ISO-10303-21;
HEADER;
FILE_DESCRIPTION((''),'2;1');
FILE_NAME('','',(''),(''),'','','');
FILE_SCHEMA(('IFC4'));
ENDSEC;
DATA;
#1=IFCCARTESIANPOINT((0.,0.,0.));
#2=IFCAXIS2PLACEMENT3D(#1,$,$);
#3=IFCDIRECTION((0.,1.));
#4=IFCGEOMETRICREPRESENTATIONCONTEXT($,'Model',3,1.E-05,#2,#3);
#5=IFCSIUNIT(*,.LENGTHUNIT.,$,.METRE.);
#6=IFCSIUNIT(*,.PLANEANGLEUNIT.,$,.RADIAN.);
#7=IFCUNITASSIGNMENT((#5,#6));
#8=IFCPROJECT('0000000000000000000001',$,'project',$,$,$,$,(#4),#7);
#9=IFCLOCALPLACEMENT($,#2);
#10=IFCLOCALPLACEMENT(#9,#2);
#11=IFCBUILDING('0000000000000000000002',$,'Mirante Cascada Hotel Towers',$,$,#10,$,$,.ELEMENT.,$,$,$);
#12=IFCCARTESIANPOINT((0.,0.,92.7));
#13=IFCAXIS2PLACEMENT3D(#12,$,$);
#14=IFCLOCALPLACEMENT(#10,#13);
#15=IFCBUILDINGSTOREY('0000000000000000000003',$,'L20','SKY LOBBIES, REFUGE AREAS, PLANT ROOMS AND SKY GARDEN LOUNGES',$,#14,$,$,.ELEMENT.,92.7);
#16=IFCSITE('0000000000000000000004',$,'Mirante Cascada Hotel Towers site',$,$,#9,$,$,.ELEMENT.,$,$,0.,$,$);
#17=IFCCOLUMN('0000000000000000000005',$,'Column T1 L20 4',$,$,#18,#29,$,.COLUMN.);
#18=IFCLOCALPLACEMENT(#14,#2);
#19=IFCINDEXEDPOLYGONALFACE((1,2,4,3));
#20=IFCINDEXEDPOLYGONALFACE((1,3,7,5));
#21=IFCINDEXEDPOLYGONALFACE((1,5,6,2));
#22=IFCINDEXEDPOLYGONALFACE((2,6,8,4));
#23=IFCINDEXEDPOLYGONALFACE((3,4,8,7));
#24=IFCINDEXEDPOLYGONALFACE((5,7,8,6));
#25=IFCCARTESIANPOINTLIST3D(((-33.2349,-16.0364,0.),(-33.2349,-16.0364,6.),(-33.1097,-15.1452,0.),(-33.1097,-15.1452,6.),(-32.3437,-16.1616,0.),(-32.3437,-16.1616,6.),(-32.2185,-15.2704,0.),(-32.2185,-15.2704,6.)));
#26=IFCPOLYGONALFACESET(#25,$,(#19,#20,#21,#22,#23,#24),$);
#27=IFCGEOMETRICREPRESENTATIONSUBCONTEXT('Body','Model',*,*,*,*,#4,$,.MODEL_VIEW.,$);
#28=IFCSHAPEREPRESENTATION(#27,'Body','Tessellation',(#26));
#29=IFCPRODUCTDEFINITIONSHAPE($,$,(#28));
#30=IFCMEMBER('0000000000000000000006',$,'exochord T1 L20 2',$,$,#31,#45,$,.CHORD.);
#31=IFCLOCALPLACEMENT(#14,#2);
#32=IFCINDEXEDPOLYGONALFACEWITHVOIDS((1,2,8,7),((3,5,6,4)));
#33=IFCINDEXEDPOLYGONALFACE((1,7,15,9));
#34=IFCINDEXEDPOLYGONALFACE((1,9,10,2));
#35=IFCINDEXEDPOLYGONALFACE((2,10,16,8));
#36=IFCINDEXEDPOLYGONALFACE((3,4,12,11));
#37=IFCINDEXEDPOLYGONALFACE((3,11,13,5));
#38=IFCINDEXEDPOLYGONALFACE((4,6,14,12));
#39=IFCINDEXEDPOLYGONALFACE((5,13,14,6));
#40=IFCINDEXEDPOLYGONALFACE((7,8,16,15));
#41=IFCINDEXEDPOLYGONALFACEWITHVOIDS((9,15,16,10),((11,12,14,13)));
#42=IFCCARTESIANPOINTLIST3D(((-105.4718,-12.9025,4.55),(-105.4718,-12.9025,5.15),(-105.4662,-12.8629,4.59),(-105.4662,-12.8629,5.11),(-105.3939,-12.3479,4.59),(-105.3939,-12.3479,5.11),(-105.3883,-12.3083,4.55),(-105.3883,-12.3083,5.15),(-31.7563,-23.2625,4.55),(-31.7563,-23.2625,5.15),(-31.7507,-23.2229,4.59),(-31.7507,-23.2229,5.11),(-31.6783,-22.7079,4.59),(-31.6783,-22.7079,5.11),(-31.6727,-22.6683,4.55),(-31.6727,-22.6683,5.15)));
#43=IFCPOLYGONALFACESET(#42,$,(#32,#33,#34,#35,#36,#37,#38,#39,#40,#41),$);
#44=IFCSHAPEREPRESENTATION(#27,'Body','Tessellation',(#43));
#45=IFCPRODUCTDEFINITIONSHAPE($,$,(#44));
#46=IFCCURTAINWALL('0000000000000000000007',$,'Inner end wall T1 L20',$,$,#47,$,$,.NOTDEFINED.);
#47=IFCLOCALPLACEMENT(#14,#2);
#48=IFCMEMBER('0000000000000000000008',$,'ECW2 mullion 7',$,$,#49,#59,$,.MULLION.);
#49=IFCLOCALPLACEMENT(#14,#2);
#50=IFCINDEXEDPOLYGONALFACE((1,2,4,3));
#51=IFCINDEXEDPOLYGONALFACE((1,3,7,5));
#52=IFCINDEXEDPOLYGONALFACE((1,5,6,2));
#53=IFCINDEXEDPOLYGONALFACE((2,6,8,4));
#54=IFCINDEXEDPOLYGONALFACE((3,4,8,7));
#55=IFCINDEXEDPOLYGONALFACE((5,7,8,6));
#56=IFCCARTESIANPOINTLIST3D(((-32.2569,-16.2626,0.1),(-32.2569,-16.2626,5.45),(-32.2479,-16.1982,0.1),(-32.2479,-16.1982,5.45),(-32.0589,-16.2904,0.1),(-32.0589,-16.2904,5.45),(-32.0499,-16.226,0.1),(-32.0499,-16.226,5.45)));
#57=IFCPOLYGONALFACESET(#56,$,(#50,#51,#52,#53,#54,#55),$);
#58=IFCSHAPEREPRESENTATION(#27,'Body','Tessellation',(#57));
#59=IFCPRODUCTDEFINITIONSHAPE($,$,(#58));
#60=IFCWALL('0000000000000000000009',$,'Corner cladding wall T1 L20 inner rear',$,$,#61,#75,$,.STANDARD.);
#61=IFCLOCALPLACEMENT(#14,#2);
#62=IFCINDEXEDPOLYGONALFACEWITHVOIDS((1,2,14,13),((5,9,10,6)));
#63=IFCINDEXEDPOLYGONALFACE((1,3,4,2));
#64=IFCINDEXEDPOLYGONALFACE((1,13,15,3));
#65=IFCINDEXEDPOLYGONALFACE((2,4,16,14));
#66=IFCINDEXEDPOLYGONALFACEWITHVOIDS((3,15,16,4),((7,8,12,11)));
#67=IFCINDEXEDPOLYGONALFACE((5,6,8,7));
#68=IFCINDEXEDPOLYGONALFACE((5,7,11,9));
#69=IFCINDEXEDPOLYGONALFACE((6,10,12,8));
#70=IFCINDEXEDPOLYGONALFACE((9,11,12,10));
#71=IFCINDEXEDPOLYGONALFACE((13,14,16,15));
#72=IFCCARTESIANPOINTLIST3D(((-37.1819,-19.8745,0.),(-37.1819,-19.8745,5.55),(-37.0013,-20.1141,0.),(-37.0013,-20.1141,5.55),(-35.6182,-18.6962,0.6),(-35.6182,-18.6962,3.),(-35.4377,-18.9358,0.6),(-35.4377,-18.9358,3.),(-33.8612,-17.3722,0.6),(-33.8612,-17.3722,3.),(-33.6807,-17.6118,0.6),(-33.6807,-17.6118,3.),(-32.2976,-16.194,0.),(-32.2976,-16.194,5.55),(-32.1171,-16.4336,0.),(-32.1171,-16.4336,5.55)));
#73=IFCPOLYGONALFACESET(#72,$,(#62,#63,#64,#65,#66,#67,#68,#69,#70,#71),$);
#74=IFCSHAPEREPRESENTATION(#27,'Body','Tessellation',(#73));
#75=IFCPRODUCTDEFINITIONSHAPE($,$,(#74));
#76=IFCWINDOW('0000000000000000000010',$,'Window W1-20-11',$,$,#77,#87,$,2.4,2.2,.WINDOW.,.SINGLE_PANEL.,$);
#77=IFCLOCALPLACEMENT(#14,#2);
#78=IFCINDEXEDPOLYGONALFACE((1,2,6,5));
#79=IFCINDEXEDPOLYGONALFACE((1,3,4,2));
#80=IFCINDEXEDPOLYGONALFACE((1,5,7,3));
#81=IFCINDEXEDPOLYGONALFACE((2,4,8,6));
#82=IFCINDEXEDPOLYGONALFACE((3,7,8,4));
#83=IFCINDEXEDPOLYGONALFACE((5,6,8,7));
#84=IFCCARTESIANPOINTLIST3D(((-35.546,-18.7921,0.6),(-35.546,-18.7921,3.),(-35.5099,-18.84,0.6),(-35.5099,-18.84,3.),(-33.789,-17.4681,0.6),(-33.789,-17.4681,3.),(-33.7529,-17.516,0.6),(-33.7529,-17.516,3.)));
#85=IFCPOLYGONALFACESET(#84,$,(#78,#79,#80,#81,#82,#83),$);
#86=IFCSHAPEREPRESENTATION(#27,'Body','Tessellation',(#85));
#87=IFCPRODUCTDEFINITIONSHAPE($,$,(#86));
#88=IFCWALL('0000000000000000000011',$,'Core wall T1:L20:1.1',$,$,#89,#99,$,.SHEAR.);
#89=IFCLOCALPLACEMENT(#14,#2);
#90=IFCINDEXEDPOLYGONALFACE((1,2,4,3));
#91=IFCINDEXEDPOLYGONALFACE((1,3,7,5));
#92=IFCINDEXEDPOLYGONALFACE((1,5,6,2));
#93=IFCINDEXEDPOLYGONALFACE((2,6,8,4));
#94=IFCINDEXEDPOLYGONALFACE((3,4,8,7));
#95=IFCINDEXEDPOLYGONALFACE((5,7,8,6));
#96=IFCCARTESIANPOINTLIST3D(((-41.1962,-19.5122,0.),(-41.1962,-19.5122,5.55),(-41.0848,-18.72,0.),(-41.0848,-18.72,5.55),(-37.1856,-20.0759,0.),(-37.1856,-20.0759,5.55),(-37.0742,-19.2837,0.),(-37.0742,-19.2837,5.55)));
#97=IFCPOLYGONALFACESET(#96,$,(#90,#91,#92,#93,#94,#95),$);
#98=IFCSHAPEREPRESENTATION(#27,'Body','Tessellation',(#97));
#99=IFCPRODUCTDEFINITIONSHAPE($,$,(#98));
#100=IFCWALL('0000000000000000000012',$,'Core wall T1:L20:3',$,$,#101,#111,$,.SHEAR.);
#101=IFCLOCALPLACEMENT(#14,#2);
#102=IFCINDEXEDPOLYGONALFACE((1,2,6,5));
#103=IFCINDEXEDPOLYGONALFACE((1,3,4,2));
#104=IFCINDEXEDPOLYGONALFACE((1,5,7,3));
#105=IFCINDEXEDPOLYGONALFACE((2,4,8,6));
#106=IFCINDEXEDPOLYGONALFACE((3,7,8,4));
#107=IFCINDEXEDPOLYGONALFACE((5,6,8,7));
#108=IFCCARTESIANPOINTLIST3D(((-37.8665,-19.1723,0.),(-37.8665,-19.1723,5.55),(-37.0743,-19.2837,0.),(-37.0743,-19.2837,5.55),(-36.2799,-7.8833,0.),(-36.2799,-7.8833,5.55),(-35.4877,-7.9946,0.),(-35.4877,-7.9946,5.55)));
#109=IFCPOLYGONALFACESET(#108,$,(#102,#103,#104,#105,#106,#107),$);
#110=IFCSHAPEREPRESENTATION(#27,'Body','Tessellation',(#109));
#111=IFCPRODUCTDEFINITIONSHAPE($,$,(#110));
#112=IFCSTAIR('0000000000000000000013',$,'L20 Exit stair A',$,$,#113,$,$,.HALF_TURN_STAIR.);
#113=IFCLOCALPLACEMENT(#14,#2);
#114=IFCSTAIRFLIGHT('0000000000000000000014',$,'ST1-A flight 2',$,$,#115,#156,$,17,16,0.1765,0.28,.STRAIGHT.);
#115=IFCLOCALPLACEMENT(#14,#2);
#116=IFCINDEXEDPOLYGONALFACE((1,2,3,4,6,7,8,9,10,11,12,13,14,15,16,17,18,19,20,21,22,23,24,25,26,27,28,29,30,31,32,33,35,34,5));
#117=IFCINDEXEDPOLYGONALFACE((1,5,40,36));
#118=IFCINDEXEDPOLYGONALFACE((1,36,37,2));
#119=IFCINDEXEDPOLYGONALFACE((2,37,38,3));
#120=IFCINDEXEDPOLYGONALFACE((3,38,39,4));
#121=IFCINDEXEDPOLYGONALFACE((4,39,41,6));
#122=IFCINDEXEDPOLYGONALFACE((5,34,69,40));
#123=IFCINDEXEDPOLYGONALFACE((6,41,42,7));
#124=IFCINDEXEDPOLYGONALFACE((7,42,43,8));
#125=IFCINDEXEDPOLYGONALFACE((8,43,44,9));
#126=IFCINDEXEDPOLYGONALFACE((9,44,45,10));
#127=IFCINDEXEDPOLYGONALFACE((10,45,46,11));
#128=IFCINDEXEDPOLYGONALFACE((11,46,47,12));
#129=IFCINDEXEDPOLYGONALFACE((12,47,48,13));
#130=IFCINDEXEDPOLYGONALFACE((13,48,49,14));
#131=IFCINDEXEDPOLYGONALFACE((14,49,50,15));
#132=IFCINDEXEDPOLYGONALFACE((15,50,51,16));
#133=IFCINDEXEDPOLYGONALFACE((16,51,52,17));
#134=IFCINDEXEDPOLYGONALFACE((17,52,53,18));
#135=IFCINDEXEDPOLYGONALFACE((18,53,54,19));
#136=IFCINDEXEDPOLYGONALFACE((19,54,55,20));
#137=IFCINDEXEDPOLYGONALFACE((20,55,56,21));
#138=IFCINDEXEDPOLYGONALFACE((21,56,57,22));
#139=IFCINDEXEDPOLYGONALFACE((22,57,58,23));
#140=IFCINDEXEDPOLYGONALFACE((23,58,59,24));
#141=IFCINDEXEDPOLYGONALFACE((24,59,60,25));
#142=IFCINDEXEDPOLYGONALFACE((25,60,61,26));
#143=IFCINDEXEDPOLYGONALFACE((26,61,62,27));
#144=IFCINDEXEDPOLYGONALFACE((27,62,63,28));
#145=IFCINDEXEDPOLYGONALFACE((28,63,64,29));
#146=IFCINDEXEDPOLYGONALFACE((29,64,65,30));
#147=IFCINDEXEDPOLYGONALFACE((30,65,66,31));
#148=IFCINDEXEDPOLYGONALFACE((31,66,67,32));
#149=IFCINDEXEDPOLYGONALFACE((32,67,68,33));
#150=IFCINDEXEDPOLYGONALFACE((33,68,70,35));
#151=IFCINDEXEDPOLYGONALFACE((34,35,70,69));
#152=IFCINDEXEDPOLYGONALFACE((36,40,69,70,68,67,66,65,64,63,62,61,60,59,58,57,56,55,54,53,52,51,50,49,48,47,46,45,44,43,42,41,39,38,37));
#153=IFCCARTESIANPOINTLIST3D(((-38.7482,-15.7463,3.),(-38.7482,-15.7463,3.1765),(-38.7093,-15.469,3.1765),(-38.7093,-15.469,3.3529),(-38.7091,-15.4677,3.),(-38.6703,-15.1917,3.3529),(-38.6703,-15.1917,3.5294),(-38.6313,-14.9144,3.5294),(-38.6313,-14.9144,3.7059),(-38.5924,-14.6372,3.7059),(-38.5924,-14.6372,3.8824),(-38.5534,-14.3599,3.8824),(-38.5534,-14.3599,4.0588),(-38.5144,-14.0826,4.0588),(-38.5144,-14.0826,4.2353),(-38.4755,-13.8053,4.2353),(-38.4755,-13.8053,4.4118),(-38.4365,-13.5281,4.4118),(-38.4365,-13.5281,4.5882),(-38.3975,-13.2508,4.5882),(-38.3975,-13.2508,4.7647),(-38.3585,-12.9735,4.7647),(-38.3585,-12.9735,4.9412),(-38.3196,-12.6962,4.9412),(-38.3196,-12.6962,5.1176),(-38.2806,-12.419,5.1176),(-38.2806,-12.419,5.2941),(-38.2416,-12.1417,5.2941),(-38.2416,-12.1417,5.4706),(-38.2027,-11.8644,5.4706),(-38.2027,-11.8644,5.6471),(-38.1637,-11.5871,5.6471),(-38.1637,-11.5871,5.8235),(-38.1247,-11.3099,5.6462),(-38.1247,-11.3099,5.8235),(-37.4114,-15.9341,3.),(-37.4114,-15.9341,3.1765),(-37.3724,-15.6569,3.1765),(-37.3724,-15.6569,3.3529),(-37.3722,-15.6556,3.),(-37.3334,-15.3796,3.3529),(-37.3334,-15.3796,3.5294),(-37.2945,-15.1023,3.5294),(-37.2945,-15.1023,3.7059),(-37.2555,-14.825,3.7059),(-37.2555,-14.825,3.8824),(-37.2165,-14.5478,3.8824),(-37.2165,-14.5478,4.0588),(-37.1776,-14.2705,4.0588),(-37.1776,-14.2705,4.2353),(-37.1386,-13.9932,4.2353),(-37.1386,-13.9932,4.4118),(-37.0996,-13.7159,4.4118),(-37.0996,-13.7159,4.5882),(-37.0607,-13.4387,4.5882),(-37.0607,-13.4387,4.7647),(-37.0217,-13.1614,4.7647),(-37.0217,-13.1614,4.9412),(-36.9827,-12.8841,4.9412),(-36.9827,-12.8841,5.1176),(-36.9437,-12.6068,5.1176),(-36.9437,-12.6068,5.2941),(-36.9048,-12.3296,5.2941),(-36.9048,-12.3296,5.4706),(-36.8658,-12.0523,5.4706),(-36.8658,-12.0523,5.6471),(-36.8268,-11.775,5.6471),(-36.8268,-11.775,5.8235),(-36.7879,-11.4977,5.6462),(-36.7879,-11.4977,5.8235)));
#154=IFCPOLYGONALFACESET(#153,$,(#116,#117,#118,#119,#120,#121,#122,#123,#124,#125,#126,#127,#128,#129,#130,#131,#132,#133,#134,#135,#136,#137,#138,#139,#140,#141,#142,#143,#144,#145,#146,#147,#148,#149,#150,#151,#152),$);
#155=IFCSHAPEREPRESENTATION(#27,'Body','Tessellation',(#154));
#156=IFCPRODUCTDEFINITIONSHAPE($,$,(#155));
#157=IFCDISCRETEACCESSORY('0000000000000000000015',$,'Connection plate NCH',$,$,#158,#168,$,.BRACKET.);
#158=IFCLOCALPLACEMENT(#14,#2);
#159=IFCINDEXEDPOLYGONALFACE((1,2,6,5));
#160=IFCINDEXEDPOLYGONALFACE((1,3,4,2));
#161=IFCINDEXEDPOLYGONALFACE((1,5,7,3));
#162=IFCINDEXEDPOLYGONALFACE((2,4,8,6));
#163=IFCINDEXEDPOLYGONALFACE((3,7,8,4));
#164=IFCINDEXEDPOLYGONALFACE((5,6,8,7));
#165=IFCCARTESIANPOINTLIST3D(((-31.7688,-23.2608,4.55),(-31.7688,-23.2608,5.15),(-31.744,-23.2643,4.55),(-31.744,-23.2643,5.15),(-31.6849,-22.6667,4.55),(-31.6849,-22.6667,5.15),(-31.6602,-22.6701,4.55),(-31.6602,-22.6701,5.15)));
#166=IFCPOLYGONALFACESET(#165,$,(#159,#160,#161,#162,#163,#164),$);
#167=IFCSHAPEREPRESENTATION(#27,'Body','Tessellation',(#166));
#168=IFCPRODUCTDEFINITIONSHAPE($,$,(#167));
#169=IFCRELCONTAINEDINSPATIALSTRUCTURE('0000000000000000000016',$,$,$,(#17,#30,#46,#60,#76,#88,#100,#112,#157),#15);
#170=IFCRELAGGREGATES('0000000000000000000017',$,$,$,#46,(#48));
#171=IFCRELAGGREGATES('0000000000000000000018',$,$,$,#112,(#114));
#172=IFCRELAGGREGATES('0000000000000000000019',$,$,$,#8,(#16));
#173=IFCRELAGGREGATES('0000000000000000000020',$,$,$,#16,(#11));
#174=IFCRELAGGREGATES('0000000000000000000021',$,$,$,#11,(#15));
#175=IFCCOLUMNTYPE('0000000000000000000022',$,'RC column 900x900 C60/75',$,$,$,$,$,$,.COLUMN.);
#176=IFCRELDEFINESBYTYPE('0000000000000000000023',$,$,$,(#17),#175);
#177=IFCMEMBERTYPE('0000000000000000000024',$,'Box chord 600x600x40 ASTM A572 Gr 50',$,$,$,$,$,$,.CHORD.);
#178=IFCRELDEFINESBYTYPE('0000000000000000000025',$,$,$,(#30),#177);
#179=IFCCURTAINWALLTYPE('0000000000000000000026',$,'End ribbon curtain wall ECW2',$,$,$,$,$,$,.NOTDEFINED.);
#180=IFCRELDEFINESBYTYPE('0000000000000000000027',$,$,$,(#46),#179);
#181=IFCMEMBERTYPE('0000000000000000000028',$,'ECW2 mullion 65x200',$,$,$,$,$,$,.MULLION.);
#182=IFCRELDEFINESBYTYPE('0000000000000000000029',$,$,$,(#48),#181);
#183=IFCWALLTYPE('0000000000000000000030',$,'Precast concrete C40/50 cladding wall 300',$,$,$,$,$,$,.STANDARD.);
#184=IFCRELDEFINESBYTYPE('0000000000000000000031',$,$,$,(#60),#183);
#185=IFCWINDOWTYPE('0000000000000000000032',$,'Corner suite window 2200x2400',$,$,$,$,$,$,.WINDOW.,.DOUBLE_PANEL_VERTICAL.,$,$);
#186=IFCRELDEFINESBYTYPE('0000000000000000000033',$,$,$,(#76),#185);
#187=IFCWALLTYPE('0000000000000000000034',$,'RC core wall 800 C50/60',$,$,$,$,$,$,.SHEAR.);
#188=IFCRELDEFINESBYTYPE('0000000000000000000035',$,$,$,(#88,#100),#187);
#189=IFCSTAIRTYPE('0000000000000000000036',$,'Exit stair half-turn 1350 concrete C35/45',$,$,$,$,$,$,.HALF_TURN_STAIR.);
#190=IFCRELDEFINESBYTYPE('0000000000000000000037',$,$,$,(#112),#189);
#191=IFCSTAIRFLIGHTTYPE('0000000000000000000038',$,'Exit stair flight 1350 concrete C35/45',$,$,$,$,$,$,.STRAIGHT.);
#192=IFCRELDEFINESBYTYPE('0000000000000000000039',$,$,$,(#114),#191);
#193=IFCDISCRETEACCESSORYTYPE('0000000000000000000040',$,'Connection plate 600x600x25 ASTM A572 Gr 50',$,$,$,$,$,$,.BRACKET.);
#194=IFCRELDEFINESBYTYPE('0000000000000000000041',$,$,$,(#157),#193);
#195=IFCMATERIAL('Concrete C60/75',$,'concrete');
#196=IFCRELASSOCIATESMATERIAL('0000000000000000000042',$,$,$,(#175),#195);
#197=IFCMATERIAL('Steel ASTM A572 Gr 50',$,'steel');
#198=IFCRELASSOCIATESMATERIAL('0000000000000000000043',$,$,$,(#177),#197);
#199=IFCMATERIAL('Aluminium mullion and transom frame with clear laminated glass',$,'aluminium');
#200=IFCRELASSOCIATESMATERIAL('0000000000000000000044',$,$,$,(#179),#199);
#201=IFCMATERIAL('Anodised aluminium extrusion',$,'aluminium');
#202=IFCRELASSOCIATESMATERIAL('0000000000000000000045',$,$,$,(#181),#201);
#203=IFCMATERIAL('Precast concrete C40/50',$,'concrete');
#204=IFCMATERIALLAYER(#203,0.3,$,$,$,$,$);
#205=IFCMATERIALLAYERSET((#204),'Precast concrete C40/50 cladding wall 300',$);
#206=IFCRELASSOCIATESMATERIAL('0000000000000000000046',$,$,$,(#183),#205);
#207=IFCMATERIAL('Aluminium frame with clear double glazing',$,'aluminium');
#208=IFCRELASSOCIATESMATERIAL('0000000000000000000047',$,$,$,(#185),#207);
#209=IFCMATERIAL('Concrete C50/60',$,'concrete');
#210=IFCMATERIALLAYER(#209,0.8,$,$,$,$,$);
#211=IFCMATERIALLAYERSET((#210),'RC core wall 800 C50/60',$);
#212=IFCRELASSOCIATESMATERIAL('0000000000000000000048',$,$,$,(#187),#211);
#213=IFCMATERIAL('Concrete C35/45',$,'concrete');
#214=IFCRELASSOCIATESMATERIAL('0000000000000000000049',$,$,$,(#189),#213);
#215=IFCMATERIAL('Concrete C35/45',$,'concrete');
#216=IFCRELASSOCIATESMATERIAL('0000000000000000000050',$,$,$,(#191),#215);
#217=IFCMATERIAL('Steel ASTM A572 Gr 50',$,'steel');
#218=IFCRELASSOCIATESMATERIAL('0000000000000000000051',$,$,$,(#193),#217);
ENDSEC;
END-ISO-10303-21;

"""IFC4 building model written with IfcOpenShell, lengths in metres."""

from ifc_helpers import new_model, si_unit, direction, frame, frame_2d, origin, origin_2d, place, context, subcontext, project, spatial, polyline, rectangle, hollow_rectangle, outline, extrude, material, layer, layer_set, material_profile, profile_set, type_object, element, fill, aggregate, save


model = new_model("IFC4")

# Units and contexts
model_context = context("Model", 3, precision=1e-05, world=origin(), true_north=direction((0.0, 1.0)))
body_context = subcontext(model_context, "Body", "Model", "MODEL_VIEW")
ifc_project = project(units=[si_unit("LENGTHUNIT", "METRE"), si_unit("PLANEANGLEUNIT", "RADIAN")], contexts=[model_context])

# Site, building, storey
site_placement = place(None, origin())
site = spatial("IfcSite", under=ifc_project, at=site_placement, Name="Mirante Cascada Hotel Towers site", CompositionType="ELEMENT", RefElevation=0.0)
building_placement = place(site_placement, origin())
building = spatial("IfcBuilding", under=site, at=building_placement, Name="Mirante Cascada Hotel Towers", CompositionType="ELEMENT")
storey_placement = place(building_placement, frame((0.0, 0.0, 92.7)))
storey = spatial("IfcBuildingStorey", under=building, at=storey_placement, Name="L20", Description="SKY LOBBIES, REFUGE AREAS, PLANT ROOMS AND SKY GARDEN LOUNGES", CompositionType="ELEMENT", Elevation=92.7)

# Column
ifc_material_1 = material(Name="Concrete C60/75", Category="concrete")
ifc_material_profile_1 = material_profile(ifc_material_1, rectangle(XDim=0.9, YDim=0.9, at=origin_2d()), Name="RC column 900x900 C60/75")
ifc_profile_set_1 = profile_set([ifc_material_profile_1], Name="Concrete C60/75")
column_type = type_object("IfcColumnType", Name="RC column 900x900 C60/75", PredefinedType="COLUMN", material=ifc_profile_set_1)
column_placement = place(storey_placement, frame((-32.7267, -15.6534, 0.0), z_axis=(0.0, 0.0, 1.0), x_axis=(-0.990268, 0.139173, 0.0)))
element("IfcColumn", 1, at=column_placement, inside=storey, type_object=column_type, Name="Column T1 L20 4", PredefinedType="COLUMN", context=body_context, shape_type="SweptSolid", body=[
    extrude(rectangle(XDim=0.9, YDim=0.9, at=origin_2d()), origin(), (0.0, 0.0, 1.0), 6.0),
])

# Member
ifc_material_2 = material(Name="Steel ASTM A572 Gr 50", Category="steel")
ifc_material_profile_2 = material_profile(ifc_material_2, hollow_rectangle(XDim=0.6, YDim=0.6, WallThickness=0.04, at=origin_2d()), Name="Box chord 600x600x40 ASTM A572 Gr 50")
ifc_profile_set_2 = profile_set([ifc_material_profile_2], Name="Steel ASTM A572 Gr 50")
member_type_1 = type_object("IfcMemberType", Name="Box chord 600x600x40 ASTM A572 Gr 50", PredefinedType="CHORD", material=ifc_profile_set_2)
member_1_placement = place(storey_placement, frame((-31.7145, -22.9654, 4.85), z_axis=(-0.990268, 0.139172, 0.0), x_axis=(-0.139172, -0.990268, 0.0)))
element("IfcMember", 2, at=member_1_placement, inside=storey, type_object=member_type_1, Name="exochord T1 L20 2", PredefinedType="CHORD", context=body_context, shape_type="SweptSolid", body=[
    extrude(hollow_rectangle(XDim=0.6, YDim=0.6, WallThickness=0.04, at=origin_2d()), origin(), (0.0, 0.0, 1.0), 74.44),
])

# Curtain wall, member
ifc_material_3 = material(Name="Aluminium mullion and transom frame with clear laminated glass", Category="aluminium")
curtain_wall_type = type_object("IfcCurtainWallType", Name="End ribbon curtain wall ECW2", PredefinedType="NOTDEFINED", material=ifc_material_3)
curtain_wall_placement = place(storey_placement, origin())
curtain_wall = element("IfcCurtainWall", 3, at=curtain_wall_placement, inside=storey, type_object=curtain_wall_type, Name="Inner end wall T1 L20", PredefinedType="NOTDEFINED")
ifc_material_4 = material(Name="Anodised aluminium extrusion", Category="aluminium")
ifc_material_profile_3 = material_profile(ifc_material_4, rectangle(XDim=0.2, YDim=0.065, at=origin_2d()), Name="ECW2 MULLION 65x200")
ifc_profile_set_3 = profile_set([ifc_material_profile_3], Name="Anodised aluminium extrusion")
member_type_2 = type_object("IfcMemberType", Name="ECW2 mullion 65x200", PredefinedType="MULLION", material=ifc_profile_set_3)
member_2_placement = place(storey_placement, frame((-32.1534, -16.2443, 0.1), z_axis=(0.0, 0.0, 1.0), x_axis=(0.990268, -0.139173, 0.0)))
member_2 = element("IfcMember", 4, at=member_2_placement, type_object=member_type_2, Name="ECW2 mullion 7", PredefinedType="MULLION", context=body_context, shape_type="SweptSolid", body=[
    extrude(rectangle(XDim=0.2, YDim=0.065, at=origin_2d()), origin(), (0.0, 0.0, 1.0), 5.35),
])
aggregate(curtain_wall, [member_2])

# Wall, opening, window
ifc_material_5 = material(Name="Precast concrete C40/50", Category="concrete")
ifc_layer_1 = layer(ifc_material_5, 0.3)
ifc_layer_set_1 = layer_set([ifc_layer_1], Name="Precast concrete C40/50 cladding wall 300")
wall_type_1 = type_object("IfcWallType", Name="Precast concrete C40/50 cladding wall 300", PredefinedType="STANDARD", material=ifc_layer_set_1)
wall_1_placement = place(storey_placement, frame((-32.2074, -16.3138, 0.0), z_axis=(0.0, 0.0, 1.0), x_axis=(-0.798636, -0.601814, 0.0)))
wall_1 = element("IfcWall", 5, at=wall_1_placement, inside=storey, type_object=wall_type_1, Name="Corner cladding wall T1 L20 inner rear", PredefinedType="STANDARD", context=body_context, shape_type="SweptSolid", body=[
    extrude(rectangle(XDim=6.1157, YDim=0.3, at=frame_2d((3.0578, 0.0))), origin(), (0.0, 0.0, 1.0), 5.55),
])
opening_placement = place(wall_1_placement, frame((1.9578, 0.0, 0.6)))
opening = element("IfcOpeningElement", 6, at=opening_placement, cuts=wall_1, PredefinedType="OPENING", context=body_context, shape_type="SweptSolid", body=[
    extrude(rectangle(XDim=2.2, YDim=2.4, at=frame_2d((1.1, 1.2))), frame((0.0, 0.15, 0.0), z_axis=(0.0, -1.0, 0.0), x_axis=(1.0, 0.0, 0.0)), (0.0, 0.0, 1.0), 0.3),
])
ifc_material_6 = material(Name="Aluminium frame with clear double glazing", Category="aluminium")
window_type = type_object("IfcWindowType", Name="Corner suite window 2200x2400", PartitioningType="DOUBLE_PANEL_VERTICAL", PredefinedType="WINDOW", material=ifc_material_6)
window_placement = place(opening_placement, origin())
window = element("IfcWindow", 7, at=window_placement, inside=storey, type_object=window_type, Name="Window W1-20-11", OverallHeight=2.4, OverallWidth=2.2, PartitioningType="SINGLE_PANEL", PredefinedType="WINDOW", context=body_context, shape_type="SweptSolid", body=[
    extrude(rectangle(XDim=2.2, YDim=2.4, at=frame_2d((1.1, 1.2))), frame((0.0, 0.03, 0.0), z_axis=(0.0, -1.0, 0.0), x_axis=(1.0, 0.0, 0.0)), (0.0, 0.0, 1.0), 0.06),
])
fill(opening, window)

# Walls
ifc_material_7 = material(Name="Concrete C50/60", Category="concrete")
ifc_layer_2 = layer(ifc_material_7, 0.8)
ifc_layer_set_2 = layer_set([ifc_layer_2], Name="RC core wall 800 C50/60")
wall_type_2 = type_object("IfcWallType", Name="RC core wall 800 C50/60", PredefinedType="SHEAR", material=ifc_layer_set_2)
wall_2_placement = place(storey_placement, frame((-37.1299, -19.6798, 0.0), z_axis=(0.0, 0.0, 1.0), x_axis=(-0.990267, 0.139184, 0.0)))
element("IfcWall", 8, at=wall_2_placement, inside=storey, type_object=wall_type_2, Name="Core wall T1:L20:1.1", PredefinedType="SHEAR", context=body_context, shape_type="SweptSolid", body=[
    extrude(rectangle(XDim=4.05, YDim=0.8, at=frame_2d((2.025, 0.0))), origin(), (0.0, 0.0, 1.0), 5.55),
])
wall_3_placement = place(storey_placement, frame((-37.4704, -19.228, 0.0), z_axis=(0.0, 0.0, 1.0), x_axis=(0.139175, 0.990268, 0.0)))
element("IfcWall", 9, at=wall_3_placement, inside=storey, type_object=wall_type_2, Name="Core wall T1:L20:3", PredefinedType="SHEAR", context=body_context, shape_type="SweptSolid", body=[
    extrude(rectangle(XDim=11.4, YDim=0.8, at=frame_2d((5.7, 0.0))), origin(), (0.0, 0.0, 1.0), 5.55),
])

# Stair, stair flight
ifc_material_8 = material(Name="Concrete C35/45", Category="concrete")
stair_type = type_object("IfcStairType", Name="Exit stair half-turn 1350 concrete C35/45", PredefinedType="HALF_TURN_STAIR", material=ifc_material_8)
stair_placement = place(storey_placement, origin())
stair = element("IfcStair", 10, at=stair_placement, inside=storey, type_object=stair_type, Name="L20 Exit stair A", PredefinedType="HALF_TURN_STAIR")
ifc_material_9 = material(Name="Concrete C35/45", Category="concrete")
stair_flight_type = type_object("IfcStairFlightType", Name="Exit stair flight 1350 concrete C35/45", PredefinedType="STRAIGHT", material=ifc_material_9)
stair_flight_placement = place(storey_placement, frame((-38.0798, -15.8402, 3.0), z_axis=(0.0, 0.0, 1.0), x_axis=(0.139173, 0.990268, 0.0)))
stair_flight = element("IfcStairFlight", 11, at=stair_flight_placement, type_object=stair_flight_type, Name="ST1-A flight 2", NumberOfRisers=17, NumberOfTreads=16, PredefinedType="STRAIGHT", RiserHeight=0.1765, TreadLength=0.28, context=body_context, shape_type="SweptSolid", body=[
    extrude(outline(polyline([(0.0, 0.0), (0.0, 0.1765), (0.28, 0.1765), (0.28, 0.3529), (0.56, 0.3529), (0.56, 0.5294), (0.84, 0.5294), (0.84, 0.7059), (1.12, 0.7059), (1.12, 0.8824), (1.4, 0.8824), (1.4, 1.0588), (1.68, 1.0588), (1.68, 1.2353), (1.96, 1.2353), (1.96, 1.4118), (2.24, 1.4118), (2.24, 1.5882), (2.52, 1.5882), (2.52, 1.7647), (2.8, 1.7647), (2.8, 1.9412), (3.08, 1.9412), (3.08, 2.1176), (3.36, 2.1176), (3.36, 2.2941), (3.64, 2.2941), (3.64, 2.4706), (3.92, 2.4706), (3.92, 2.6471), (4.2, 2.6471), (4.2, 2.8235), (4.48, 2.8235), (4.48, 3.0), (4.48, 2.6462), (0.2813, 0.0), (0.0, 0.0)])), frame((0.0, 0.675, 0.0), z_axis=(0.0, -1.0, 0.0), x_axis=(1.0, 0.0, 0.0)), (0.0, 0.0, 1.0), 1.35),
])
aggregate(stair, [stair_flight])

# Discrete accessory
ifc_material_10 = material(Name="Steel ASTM A572 Gr 50", Category="steel")
ifc_material_profile_4 = material_profile(ifc_material_10, rectangle(XDim=0.6, YDim=0.6, at=origin_2d()), Name="Connection plate 600x600x25 ASTM A572 Gr 50")
ifc_profile_set_4 = profile_set([ifc_material_profile_4], Name="Steel ASTM A572 Gr 50")
discrete_accessory_type_1 = type_object("IfcDiscreteAccessoryType", Name="Connection plate 600x600x25 ASTM A572 Gr 50", PredefinedType="BRACKET", material=ifc_profile_set_4)
discrete_accessory_1_placement = place(storey_placement, frame((-31.7021, -22.9672, 4.85), z_axis=(-0.990188, 0.139744, 0.0), x_axis=(-0.139744, -0.990188, 0.0)))
element("IfcDiscreteAccessory", 12, at=discrete_accessory_1_placement, inside=storey, type_object=discrete_accessory_type_1, Name="Connection plate NCH", PredefinedType="BRACKET", context=body_context, shape_type="SweptSolid", body=[
    extrude(rectangle(XDim=0.6, YDim=0.6, at=origin_2d()), origin(), (0.0, 0.0, 1.0), 0.025),
])

save(model, "model.ifc")
